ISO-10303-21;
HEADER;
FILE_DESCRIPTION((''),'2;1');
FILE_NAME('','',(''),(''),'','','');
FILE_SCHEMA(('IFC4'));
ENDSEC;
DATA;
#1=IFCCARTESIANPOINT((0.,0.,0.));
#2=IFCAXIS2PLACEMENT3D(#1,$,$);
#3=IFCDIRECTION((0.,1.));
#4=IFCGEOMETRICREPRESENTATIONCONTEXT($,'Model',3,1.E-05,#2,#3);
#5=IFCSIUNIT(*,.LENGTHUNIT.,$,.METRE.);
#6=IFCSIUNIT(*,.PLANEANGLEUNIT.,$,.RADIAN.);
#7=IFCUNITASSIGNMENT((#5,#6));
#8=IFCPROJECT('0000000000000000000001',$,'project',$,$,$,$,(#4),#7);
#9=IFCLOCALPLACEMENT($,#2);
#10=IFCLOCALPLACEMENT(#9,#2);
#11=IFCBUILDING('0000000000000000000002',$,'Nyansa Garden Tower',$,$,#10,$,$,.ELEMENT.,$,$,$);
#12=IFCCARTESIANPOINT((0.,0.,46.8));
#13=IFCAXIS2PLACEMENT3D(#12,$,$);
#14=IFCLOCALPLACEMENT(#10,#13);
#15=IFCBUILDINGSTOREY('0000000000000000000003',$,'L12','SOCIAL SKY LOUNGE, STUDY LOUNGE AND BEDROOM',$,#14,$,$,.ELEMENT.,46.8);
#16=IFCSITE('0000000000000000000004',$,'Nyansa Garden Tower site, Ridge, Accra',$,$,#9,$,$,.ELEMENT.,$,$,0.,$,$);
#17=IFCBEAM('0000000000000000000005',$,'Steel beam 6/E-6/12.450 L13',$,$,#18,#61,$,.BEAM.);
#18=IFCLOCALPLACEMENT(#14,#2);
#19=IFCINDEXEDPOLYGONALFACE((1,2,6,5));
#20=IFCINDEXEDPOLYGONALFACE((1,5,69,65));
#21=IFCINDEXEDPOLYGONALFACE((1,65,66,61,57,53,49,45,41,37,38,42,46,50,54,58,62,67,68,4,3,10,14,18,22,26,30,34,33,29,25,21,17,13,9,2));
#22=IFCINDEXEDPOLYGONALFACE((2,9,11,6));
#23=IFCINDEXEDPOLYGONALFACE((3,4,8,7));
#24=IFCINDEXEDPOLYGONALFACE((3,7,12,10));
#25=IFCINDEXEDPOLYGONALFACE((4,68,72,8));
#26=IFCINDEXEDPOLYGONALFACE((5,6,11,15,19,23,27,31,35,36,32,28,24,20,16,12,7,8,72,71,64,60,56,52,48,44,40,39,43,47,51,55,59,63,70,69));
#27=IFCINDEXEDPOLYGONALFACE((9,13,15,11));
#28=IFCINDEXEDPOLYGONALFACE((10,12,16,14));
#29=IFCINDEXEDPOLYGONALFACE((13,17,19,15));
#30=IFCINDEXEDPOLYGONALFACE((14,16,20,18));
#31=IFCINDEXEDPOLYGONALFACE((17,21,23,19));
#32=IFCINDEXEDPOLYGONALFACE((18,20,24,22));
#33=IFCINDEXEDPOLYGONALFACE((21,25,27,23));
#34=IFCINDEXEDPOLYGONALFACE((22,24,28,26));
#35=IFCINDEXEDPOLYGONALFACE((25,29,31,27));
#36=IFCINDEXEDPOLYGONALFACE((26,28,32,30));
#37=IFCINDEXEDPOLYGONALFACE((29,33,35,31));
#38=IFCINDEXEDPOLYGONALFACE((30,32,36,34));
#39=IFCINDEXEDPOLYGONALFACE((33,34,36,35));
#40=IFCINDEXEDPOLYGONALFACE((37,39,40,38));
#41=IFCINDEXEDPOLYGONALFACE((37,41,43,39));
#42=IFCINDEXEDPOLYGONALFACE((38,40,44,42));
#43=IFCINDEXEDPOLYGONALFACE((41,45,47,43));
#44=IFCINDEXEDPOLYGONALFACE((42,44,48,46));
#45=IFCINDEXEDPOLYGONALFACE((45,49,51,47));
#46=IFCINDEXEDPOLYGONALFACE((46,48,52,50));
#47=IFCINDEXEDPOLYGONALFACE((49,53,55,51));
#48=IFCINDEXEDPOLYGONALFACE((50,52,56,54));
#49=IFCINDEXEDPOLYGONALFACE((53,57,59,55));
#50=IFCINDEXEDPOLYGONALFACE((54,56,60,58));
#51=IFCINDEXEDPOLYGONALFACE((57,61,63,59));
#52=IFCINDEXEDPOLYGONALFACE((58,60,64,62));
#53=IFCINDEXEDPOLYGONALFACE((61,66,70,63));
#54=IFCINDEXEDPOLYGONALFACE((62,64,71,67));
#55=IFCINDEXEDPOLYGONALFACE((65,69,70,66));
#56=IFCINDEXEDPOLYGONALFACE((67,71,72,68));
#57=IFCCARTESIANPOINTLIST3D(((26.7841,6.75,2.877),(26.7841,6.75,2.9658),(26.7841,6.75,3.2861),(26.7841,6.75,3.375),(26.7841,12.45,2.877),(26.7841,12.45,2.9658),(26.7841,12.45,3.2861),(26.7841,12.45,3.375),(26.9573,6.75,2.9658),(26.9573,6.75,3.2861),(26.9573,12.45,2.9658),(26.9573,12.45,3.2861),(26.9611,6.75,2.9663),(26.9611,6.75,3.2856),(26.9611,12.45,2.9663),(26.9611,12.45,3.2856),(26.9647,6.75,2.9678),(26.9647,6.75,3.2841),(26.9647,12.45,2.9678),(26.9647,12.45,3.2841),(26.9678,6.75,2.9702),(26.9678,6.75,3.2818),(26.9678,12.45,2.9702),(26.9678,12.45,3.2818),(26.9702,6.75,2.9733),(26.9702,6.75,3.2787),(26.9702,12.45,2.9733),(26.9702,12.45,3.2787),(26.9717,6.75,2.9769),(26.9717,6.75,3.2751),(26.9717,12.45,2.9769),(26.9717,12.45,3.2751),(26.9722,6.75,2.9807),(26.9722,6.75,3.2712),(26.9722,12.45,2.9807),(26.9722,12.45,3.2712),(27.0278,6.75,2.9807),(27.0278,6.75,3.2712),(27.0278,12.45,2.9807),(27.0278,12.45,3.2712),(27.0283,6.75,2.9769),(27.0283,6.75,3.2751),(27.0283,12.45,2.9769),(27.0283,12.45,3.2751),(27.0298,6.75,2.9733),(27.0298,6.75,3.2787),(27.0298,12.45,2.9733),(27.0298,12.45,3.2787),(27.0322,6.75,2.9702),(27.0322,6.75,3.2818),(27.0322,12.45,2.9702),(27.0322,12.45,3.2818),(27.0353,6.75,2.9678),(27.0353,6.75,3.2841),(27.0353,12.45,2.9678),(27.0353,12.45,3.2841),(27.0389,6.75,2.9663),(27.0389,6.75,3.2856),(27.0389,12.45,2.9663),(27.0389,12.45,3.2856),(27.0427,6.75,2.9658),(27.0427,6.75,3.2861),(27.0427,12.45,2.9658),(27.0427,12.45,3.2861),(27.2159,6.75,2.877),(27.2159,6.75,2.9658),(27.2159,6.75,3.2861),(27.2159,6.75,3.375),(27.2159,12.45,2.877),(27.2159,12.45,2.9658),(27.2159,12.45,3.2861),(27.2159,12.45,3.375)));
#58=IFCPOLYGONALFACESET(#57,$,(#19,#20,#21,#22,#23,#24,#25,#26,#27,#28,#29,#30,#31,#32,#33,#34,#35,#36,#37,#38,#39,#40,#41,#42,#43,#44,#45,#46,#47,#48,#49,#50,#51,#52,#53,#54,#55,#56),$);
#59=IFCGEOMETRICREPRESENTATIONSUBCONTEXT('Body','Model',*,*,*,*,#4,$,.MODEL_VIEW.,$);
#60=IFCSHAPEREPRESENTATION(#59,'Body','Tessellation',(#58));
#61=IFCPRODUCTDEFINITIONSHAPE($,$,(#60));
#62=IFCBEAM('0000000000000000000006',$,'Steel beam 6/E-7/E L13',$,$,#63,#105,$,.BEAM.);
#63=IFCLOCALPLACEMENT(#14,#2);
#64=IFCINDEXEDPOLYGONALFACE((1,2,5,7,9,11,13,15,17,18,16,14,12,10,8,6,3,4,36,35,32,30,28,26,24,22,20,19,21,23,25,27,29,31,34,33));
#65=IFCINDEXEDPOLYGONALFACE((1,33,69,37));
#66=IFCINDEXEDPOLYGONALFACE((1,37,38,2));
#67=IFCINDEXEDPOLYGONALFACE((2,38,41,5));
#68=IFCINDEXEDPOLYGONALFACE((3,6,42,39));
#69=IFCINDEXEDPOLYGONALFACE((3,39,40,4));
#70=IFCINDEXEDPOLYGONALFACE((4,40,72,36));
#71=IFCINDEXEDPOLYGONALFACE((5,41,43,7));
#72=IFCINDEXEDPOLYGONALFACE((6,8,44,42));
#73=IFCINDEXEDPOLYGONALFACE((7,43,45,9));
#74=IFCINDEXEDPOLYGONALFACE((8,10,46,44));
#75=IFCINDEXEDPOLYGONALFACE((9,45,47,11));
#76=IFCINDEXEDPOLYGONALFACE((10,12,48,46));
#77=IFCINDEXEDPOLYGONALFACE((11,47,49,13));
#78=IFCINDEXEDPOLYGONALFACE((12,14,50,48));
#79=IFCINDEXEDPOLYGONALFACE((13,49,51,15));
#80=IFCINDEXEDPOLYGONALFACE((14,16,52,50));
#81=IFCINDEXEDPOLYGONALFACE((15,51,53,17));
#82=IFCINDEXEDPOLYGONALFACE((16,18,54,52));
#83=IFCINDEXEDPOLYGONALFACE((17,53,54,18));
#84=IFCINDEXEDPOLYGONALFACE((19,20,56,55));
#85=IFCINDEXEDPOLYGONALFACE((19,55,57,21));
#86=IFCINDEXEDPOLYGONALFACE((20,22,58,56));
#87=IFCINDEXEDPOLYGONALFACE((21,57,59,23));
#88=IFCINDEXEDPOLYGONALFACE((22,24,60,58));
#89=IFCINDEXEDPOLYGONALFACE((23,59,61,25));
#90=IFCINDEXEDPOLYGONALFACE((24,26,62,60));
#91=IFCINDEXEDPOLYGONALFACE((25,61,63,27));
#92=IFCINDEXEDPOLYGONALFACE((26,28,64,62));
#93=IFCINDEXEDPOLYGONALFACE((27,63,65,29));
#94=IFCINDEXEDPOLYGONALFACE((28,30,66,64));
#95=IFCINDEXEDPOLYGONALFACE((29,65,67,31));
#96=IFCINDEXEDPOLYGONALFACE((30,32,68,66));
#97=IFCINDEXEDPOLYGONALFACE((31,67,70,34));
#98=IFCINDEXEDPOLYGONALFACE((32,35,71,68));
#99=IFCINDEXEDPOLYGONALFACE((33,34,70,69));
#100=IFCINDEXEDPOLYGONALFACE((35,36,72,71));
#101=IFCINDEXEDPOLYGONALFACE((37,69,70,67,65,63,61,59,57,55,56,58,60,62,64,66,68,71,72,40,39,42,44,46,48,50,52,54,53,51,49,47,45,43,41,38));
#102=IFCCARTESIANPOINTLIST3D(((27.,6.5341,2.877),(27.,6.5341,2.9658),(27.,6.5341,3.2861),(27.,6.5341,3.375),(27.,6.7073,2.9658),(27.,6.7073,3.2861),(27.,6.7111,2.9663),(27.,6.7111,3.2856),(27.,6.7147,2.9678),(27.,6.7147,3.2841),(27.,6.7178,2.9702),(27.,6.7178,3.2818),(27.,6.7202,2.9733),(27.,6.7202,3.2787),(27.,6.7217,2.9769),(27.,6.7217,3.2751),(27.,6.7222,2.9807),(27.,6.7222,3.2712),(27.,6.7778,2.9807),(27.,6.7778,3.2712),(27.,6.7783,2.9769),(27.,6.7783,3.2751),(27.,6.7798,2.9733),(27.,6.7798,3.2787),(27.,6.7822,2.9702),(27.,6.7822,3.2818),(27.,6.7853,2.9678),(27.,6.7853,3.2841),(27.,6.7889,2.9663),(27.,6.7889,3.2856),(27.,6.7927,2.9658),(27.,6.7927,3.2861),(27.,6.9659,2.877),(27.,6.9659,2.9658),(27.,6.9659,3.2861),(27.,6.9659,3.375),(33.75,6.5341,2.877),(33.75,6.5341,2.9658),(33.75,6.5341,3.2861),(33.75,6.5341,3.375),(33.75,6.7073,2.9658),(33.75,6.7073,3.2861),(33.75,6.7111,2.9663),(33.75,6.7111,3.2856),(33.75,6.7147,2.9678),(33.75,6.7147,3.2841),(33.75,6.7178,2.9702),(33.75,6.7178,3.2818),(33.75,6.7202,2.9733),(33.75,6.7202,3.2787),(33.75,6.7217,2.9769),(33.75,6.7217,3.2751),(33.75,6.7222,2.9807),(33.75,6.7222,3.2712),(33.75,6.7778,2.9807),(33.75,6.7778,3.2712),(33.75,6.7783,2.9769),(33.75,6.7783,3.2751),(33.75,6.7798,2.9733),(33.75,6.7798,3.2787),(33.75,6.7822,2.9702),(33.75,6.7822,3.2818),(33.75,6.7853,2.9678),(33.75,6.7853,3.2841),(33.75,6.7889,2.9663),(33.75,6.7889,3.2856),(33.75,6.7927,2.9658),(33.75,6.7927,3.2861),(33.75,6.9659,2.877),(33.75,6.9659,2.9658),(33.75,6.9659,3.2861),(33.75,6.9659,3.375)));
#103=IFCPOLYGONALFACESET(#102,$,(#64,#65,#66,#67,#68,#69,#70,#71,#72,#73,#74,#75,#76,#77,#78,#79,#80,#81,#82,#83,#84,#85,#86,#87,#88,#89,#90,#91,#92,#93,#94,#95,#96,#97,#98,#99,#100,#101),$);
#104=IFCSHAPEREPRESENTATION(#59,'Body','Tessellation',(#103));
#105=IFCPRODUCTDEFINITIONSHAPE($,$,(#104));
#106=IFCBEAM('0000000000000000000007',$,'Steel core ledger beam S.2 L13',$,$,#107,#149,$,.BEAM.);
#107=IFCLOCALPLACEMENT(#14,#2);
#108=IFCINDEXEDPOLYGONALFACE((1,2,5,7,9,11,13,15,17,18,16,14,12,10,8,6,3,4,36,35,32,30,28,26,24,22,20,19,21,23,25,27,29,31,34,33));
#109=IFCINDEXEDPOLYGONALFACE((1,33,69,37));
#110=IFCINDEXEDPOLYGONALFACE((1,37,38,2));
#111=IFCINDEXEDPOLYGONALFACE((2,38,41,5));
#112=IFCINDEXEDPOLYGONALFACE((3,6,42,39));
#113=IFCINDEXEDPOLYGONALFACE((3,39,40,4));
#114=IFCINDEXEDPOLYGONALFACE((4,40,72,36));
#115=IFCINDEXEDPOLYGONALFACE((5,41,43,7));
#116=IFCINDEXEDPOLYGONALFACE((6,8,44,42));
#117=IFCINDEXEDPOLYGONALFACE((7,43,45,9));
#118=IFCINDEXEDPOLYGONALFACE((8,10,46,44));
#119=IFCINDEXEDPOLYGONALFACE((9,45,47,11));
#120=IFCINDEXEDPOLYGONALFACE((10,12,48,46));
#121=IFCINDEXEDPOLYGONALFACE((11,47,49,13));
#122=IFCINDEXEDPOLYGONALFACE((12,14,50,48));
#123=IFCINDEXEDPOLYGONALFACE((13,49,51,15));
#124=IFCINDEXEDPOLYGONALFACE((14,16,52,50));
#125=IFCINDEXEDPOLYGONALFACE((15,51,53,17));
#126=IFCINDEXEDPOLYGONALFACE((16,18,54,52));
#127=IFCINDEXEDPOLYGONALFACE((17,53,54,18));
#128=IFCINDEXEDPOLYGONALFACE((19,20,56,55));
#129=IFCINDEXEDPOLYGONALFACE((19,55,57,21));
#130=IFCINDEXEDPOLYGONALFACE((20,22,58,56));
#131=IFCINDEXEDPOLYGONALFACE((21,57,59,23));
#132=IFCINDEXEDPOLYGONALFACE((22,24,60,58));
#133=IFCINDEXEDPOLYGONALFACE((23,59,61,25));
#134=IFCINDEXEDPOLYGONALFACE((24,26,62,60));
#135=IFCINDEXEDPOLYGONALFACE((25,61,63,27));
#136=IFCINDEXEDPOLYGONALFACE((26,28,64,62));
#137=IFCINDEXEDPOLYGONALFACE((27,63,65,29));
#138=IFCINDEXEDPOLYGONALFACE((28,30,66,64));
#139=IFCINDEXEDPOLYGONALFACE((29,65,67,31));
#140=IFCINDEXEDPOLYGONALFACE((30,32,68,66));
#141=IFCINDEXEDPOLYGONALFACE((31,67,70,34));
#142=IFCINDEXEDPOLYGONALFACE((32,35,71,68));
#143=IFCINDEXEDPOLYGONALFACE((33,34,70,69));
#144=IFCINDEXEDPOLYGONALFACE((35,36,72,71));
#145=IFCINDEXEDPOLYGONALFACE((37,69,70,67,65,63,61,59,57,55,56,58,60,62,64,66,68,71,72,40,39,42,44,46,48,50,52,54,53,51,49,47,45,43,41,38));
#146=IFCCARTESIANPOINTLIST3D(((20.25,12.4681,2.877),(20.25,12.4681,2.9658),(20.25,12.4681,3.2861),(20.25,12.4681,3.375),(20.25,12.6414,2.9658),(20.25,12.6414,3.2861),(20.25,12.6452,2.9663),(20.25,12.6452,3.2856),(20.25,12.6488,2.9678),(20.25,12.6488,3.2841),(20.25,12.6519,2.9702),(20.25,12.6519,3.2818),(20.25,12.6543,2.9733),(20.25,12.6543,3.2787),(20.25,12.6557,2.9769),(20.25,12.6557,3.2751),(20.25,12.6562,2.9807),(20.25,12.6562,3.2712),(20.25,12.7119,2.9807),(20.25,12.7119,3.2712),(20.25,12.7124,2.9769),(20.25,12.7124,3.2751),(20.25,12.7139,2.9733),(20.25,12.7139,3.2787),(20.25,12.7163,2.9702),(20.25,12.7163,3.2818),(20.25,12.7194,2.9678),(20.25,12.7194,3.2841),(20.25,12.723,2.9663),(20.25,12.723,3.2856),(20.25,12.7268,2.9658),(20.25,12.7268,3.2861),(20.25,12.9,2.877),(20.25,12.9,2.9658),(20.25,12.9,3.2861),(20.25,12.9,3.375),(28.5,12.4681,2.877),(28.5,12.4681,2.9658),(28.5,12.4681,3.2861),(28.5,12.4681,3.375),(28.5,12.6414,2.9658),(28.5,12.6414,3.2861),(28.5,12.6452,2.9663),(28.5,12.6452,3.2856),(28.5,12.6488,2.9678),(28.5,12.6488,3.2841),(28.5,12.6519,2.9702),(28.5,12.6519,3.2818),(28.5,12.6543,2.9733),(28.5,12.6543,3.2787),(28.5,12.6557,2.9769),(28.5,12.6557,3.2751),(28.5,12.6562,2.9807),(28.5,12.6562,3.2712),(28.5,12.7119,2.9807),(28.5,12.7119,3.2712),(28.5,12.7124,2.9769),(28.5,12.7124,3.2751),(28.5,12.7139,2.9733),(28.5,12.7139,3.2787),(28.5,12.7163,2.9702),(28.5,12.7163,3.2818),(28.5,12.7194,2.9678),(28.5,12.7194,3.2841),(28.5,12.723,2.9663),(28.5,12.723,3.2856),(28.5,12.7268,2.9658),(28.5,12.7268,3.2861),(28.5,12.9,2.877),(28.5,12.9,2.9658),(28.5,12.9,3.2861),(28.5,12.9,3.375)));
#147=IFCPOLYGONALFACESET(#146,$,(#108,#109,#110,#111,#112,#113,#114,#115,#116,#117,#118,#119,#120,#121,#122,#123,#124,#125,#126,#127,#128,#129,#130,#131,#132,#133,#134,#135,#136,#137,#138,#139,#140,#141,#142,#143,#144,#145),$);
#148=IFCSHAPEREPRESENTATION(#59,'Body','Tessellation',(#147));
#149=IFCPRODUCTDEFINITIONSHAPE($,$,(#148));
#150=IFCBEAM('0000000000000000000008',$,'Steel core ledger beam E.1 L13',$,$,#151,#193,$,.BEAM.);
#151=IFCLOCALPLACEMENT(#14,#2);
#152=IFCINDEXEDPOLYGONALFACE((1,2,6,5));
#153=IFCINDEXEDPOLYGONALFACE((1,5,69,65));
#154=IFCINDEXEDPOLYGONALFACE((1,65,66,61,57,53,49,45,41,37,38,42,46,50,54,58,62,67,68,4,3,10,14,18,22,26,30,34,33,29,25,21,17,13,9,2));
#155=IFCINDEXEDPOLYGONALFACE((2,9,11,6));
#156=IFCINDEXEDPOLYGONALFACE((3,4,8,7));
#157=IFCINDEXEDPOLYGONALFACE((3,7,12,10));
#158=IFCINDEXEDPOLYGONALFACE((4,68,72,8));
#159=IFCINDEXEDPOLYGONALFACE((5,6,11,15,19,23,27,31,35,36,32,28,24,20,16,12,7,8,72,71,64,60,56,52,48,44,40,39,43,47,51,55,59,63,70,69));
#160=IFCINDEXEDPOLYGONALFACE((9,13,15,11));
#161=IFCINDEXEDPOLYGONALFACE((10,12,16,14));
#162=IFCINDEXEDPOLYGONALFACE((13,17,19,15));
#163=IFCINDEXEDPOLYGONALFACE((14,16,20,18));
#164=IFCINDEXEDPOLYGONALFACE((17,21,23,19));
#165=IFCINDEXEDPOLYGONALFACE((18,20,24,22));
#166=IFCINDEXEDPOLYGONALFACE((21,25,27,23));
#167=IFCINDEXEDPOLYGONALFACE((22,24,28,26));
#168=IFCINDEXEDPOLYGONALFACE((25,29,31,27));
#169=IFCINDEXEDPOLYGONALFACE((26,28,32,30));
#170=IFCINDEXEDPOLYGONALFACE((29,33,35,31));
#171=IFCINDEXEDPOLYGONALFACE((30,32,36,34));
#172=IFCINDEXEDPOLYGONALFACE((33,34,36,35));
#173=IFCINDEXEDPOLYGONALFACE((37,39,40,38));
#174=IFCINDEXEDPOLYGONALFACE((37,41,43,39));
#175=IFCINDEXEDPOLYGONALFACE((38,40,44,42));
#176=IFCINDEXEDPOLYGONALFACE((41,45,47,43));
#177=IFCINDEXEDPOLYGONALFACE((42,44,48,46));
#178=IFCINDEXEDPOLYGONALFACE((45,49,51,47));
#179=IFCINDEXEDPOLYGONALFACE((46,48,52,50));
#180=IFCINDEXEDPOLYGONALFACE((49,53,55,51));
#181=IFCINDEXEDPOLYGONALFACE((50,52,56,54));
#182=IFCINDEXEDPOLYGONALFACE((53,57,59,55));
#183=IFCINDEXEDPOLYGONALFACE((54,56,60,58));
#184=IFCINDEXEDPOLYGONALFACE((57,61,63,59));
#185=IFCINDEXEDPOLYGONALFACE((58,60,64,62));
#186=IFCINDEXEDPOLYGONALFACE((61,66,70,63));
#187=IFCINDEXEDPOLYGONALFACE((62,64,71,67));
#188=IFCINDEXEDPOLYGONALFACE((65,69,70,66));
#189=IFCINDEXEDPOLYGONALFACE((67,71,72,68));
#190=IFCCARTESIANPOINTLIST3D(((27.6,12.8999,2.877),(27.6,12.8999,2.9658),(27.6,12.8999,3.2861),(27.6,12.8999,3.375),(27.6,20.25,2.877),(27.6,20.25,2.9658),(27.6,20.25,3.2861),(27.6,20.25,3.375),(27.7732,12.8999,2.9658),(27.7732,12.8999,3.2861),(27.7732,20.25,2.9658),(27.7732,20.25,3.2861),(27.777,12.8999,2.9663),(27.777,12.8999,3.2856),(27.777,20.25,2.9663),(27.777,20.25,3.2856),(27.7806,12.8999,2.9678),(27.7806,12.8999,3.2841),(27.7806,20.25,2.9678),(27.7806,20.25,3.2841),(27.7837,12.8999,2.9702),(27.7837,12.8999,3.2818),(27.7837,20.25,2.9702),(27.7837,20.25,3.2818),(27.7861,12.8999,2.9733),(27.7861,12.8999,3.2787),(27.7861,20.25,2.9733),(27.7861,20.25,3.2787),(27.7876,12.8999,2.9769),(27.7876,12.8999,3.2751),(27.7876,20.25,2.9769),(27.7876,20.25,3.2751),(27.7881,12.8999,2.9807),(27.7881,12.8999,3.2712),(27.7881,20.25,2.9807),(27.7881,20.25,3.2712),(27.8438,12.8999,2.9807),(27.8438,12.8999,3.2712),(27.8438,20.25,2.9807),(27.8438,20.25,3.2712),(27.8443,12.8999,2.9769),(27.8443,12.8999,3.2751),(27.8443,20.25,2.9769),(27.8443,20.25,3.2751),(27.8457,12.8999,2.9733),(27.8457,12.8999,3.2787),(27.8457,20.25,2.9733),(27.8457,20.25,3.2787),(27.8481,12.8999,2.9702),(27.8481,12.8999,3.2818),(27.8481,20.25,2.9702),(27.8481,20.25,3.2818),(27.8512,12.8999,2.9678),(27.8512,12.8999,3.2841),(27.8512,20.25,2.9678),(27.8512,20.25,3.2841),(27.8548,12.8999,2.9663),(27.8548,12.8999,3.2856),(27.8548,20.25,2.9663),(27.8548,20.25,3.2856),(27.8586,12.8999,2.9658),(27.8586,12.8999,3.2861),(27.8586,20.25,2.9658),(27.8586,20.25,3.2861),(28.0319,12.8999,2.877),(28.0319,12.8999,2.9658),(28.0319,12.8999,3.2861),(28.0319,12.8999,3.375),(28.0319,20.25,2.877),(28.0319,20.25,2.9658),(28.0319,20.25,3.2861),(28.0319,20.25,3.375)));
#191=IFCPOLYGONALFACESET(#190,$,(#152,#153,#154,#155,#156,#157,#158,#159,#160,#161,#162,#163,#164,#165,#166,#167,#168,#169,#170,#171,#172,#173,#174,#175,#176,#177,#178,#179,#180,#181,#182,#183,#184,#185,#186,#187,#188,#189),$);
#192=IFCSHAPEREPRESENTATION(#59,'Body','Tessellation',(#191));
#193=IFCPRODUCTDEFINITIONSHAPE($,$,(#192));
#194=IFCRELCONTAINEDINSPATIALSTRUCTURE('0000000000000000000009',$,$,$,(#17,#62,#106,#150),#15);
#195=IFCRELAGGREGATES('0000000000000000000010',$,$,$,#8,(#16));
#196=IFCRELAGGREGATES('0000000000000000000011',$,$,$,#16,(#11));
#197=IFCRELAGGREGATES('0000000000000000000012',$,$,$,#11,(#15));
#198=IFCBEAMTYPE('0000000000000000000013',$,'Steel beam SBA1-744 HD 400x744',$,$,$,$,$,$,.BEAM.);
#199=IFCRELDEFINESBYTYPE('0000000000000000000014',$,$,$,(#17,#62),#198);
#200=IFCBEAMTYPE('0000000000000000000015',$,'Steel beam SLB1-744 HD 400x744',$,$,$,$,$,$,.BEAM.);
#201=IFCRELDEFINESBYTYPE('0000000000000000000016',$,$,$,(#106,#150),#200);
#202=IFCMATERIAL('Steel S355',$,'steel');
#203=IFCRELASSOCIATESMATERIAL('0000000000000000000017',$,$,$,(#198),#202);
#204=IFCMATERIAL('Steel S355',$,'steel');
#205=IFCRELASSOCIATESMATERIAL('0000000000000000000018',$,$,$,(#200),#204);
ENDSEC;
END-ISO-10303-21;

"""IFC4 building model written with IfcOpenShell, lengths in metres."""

from ifc_helpers import new_model, si_unit, direction, frame, origin, origin_2d, place, context, subcontext, project, spatial, i_section, extrude, material, material_profile, profile_set, type_object, element, save


model = new_model("IFC4")

# Units and contexts
model_context = context("Model", 3, precision=1e-05, world=origin(), true_north=direction((0.0, 1.0)))
body_context = subcontext(model_context, "Body", "Model", "MODEL_VIEW")
ifc_project = project(units=[si_unit("LENGTHUNIT", "METRE"), si_unit("PLANEANGLEUNIT", "RADIAN")], contexts=[model_context])

# Site, building, storey
site_placement = place(None, origin())
site = spatial("IfcSite", under=ifc_project, at=site_placement, Name="Nyansa Garden Tower site, Ridge, Accra", CompositionType="ELEMENT", RefElevation=0.0)
building_placement = place(site_placement, origin())
building = spatial("IfcBuilding", under=site, at=building_placement, Name="Nyansa Garden Tower", CompositionType="ELEMENT")
storey_placement = place(building_placement, frame((0.0, 0.0, 46.8)))
storey = spatial("IfcBuildingStorey", under=building, at=storey_placement, Name="L12", Description="SOCIAL SKY LOUNGE, STUDY LOUNGE AND BEDROOM", CompositionType="ELEMENT", Elevation=46.8)

# Beams
ifc_material_1 = material(Name="Steel S355", Category="steel")
ifc_material_profile_1 = material_profile(ifc_material_1, i_section(OverallWidth=0.4319, OverallDepth=0.498, WebThickness=0.0557, FlangeThickness=0.0889, FilletRadius=0.0149, at=origin_2d()), Name="HD 400x744")
ifc_profile_set_1 = profile_set([ifc_material_profile_1], Name="Steel S355")
beam_type_1 = type_object("IfcBeamType", Name="Steel beam SBA1-744 HD 400x744", PredefinedType="BEAM", material=ifc_profile_set_1)
beam_1_placement = place(storey_placement, frame((27.0, 6.75, 3.126), z_axis=(0.0, 1.0, 0.0), x_axis=(-1.0, 0.0, 0.0)))
element("IfcBeam", 1, at=beam_1_placement, inside=storey, type_object=beam_type_1, Name="Steel beam 6/E-6/12.450 L13", PredefinedType="BEAM", context=body_context, shape_type="SweptSolid", body=[
    extrude(i_section(OverallWidth=0.4319, OverallDepth=0.498, WebThickness=0.0557, FlangeThickness=0.0889, FilletRadius=0.0149, at=origin_2d()), origin(), (0.0, 0.0, 1.0), 5.7),
])
beam_2_placement = place(storey_placement, frame((27.0, 6.75, 3.126), z_axis=(1.0, 0.0, 0.0), x_axis=(0.0, 1.0, 0.0)))
element("IfcBeam", 2, at=beam_2_placement, inside=storey, type_object=beam_type_1, Name="Steel beam 6/E-7/E L13", PredefinedType="BEAM", context=body_context, shape_type="SweptSolid", body=[
    extrude(i_section(OverallWidth=0.4319, OverallDepth=0.498, WebThickness=0.0557, FlangeThickness=0.0889, FilletRadius=0.0149, at=origin_2d()), origin(), (0.0, 0.0, 1.0), 6.75),
])
ifc_material_2 = material(Name="Steel S355", Category="steel")
ifc_material_profile_2 = material_profile(ifc_material_2, i_section(OverallWidth=0.4319, OverallDepth=0.498, WebThickness=0.0557, FlangeThickness=0.0889, FilletRadius=0.0149, at=origin_2d()), Name="HD 400x744")
ifc_profile_set_2 = profile_set([ifc_material_profile_2], Name="Steel S355")
beam_type_2 = type_object("IfcBeamType", Name="Steel beam SLB1-744 HD 400x744", PredefinedType="BEAM", material=ifc_profile_set_2)
beam_3_placement = place(storey_placement, frame((20.25, 12.6841, 3.126), z_axis=(1.0, 0.0, 0.0), x_axis=(0.0, 1.0, 0.0)))
element("IfcBeam", 3, at=beam_3_placement, inside=storey, type_object=beam_type_2, Name="Steel core ledger beam S.2 L13", PredefinedType="BEAM", context=body_context, shape_type="SweptSolid", body=[
    extrude(i_section(OverallWidth=0.4319, OverallDepth=0.498, WebThickness=0.0557, FlangeThickness=0.0889, FilletRadius=0.0149, at=origin_2d()), origin(), (0.0, 0.0, 1.0), 8.25),
])
beam_4_placement = place(storey_placement, frame((27.8159, 12.8999, 3.126), z_axis=(0.0, 1.0, 0.0), x_axis=(-1.0, 0.0, 0.0)))
element("IfcBeam", 4, at=beam_4_placement, inside=storey, type_object=beam_type_2, Name="Steel core ledger beam E.1 L13", PredefinedType="BEAM", context=body_context, shape_type="SweptSolid", body=[
    extrude(i_section(OverallWidth=0.4319, OverallDepth=0.498, WebThickness=0.0557, FlangeThickness=0.0889, FilletRadius=0.0149, at=origin_2d()), origin(), (0.0, 0.0, 1.0), 7.3501),
])

save(model, "model.ifc")
